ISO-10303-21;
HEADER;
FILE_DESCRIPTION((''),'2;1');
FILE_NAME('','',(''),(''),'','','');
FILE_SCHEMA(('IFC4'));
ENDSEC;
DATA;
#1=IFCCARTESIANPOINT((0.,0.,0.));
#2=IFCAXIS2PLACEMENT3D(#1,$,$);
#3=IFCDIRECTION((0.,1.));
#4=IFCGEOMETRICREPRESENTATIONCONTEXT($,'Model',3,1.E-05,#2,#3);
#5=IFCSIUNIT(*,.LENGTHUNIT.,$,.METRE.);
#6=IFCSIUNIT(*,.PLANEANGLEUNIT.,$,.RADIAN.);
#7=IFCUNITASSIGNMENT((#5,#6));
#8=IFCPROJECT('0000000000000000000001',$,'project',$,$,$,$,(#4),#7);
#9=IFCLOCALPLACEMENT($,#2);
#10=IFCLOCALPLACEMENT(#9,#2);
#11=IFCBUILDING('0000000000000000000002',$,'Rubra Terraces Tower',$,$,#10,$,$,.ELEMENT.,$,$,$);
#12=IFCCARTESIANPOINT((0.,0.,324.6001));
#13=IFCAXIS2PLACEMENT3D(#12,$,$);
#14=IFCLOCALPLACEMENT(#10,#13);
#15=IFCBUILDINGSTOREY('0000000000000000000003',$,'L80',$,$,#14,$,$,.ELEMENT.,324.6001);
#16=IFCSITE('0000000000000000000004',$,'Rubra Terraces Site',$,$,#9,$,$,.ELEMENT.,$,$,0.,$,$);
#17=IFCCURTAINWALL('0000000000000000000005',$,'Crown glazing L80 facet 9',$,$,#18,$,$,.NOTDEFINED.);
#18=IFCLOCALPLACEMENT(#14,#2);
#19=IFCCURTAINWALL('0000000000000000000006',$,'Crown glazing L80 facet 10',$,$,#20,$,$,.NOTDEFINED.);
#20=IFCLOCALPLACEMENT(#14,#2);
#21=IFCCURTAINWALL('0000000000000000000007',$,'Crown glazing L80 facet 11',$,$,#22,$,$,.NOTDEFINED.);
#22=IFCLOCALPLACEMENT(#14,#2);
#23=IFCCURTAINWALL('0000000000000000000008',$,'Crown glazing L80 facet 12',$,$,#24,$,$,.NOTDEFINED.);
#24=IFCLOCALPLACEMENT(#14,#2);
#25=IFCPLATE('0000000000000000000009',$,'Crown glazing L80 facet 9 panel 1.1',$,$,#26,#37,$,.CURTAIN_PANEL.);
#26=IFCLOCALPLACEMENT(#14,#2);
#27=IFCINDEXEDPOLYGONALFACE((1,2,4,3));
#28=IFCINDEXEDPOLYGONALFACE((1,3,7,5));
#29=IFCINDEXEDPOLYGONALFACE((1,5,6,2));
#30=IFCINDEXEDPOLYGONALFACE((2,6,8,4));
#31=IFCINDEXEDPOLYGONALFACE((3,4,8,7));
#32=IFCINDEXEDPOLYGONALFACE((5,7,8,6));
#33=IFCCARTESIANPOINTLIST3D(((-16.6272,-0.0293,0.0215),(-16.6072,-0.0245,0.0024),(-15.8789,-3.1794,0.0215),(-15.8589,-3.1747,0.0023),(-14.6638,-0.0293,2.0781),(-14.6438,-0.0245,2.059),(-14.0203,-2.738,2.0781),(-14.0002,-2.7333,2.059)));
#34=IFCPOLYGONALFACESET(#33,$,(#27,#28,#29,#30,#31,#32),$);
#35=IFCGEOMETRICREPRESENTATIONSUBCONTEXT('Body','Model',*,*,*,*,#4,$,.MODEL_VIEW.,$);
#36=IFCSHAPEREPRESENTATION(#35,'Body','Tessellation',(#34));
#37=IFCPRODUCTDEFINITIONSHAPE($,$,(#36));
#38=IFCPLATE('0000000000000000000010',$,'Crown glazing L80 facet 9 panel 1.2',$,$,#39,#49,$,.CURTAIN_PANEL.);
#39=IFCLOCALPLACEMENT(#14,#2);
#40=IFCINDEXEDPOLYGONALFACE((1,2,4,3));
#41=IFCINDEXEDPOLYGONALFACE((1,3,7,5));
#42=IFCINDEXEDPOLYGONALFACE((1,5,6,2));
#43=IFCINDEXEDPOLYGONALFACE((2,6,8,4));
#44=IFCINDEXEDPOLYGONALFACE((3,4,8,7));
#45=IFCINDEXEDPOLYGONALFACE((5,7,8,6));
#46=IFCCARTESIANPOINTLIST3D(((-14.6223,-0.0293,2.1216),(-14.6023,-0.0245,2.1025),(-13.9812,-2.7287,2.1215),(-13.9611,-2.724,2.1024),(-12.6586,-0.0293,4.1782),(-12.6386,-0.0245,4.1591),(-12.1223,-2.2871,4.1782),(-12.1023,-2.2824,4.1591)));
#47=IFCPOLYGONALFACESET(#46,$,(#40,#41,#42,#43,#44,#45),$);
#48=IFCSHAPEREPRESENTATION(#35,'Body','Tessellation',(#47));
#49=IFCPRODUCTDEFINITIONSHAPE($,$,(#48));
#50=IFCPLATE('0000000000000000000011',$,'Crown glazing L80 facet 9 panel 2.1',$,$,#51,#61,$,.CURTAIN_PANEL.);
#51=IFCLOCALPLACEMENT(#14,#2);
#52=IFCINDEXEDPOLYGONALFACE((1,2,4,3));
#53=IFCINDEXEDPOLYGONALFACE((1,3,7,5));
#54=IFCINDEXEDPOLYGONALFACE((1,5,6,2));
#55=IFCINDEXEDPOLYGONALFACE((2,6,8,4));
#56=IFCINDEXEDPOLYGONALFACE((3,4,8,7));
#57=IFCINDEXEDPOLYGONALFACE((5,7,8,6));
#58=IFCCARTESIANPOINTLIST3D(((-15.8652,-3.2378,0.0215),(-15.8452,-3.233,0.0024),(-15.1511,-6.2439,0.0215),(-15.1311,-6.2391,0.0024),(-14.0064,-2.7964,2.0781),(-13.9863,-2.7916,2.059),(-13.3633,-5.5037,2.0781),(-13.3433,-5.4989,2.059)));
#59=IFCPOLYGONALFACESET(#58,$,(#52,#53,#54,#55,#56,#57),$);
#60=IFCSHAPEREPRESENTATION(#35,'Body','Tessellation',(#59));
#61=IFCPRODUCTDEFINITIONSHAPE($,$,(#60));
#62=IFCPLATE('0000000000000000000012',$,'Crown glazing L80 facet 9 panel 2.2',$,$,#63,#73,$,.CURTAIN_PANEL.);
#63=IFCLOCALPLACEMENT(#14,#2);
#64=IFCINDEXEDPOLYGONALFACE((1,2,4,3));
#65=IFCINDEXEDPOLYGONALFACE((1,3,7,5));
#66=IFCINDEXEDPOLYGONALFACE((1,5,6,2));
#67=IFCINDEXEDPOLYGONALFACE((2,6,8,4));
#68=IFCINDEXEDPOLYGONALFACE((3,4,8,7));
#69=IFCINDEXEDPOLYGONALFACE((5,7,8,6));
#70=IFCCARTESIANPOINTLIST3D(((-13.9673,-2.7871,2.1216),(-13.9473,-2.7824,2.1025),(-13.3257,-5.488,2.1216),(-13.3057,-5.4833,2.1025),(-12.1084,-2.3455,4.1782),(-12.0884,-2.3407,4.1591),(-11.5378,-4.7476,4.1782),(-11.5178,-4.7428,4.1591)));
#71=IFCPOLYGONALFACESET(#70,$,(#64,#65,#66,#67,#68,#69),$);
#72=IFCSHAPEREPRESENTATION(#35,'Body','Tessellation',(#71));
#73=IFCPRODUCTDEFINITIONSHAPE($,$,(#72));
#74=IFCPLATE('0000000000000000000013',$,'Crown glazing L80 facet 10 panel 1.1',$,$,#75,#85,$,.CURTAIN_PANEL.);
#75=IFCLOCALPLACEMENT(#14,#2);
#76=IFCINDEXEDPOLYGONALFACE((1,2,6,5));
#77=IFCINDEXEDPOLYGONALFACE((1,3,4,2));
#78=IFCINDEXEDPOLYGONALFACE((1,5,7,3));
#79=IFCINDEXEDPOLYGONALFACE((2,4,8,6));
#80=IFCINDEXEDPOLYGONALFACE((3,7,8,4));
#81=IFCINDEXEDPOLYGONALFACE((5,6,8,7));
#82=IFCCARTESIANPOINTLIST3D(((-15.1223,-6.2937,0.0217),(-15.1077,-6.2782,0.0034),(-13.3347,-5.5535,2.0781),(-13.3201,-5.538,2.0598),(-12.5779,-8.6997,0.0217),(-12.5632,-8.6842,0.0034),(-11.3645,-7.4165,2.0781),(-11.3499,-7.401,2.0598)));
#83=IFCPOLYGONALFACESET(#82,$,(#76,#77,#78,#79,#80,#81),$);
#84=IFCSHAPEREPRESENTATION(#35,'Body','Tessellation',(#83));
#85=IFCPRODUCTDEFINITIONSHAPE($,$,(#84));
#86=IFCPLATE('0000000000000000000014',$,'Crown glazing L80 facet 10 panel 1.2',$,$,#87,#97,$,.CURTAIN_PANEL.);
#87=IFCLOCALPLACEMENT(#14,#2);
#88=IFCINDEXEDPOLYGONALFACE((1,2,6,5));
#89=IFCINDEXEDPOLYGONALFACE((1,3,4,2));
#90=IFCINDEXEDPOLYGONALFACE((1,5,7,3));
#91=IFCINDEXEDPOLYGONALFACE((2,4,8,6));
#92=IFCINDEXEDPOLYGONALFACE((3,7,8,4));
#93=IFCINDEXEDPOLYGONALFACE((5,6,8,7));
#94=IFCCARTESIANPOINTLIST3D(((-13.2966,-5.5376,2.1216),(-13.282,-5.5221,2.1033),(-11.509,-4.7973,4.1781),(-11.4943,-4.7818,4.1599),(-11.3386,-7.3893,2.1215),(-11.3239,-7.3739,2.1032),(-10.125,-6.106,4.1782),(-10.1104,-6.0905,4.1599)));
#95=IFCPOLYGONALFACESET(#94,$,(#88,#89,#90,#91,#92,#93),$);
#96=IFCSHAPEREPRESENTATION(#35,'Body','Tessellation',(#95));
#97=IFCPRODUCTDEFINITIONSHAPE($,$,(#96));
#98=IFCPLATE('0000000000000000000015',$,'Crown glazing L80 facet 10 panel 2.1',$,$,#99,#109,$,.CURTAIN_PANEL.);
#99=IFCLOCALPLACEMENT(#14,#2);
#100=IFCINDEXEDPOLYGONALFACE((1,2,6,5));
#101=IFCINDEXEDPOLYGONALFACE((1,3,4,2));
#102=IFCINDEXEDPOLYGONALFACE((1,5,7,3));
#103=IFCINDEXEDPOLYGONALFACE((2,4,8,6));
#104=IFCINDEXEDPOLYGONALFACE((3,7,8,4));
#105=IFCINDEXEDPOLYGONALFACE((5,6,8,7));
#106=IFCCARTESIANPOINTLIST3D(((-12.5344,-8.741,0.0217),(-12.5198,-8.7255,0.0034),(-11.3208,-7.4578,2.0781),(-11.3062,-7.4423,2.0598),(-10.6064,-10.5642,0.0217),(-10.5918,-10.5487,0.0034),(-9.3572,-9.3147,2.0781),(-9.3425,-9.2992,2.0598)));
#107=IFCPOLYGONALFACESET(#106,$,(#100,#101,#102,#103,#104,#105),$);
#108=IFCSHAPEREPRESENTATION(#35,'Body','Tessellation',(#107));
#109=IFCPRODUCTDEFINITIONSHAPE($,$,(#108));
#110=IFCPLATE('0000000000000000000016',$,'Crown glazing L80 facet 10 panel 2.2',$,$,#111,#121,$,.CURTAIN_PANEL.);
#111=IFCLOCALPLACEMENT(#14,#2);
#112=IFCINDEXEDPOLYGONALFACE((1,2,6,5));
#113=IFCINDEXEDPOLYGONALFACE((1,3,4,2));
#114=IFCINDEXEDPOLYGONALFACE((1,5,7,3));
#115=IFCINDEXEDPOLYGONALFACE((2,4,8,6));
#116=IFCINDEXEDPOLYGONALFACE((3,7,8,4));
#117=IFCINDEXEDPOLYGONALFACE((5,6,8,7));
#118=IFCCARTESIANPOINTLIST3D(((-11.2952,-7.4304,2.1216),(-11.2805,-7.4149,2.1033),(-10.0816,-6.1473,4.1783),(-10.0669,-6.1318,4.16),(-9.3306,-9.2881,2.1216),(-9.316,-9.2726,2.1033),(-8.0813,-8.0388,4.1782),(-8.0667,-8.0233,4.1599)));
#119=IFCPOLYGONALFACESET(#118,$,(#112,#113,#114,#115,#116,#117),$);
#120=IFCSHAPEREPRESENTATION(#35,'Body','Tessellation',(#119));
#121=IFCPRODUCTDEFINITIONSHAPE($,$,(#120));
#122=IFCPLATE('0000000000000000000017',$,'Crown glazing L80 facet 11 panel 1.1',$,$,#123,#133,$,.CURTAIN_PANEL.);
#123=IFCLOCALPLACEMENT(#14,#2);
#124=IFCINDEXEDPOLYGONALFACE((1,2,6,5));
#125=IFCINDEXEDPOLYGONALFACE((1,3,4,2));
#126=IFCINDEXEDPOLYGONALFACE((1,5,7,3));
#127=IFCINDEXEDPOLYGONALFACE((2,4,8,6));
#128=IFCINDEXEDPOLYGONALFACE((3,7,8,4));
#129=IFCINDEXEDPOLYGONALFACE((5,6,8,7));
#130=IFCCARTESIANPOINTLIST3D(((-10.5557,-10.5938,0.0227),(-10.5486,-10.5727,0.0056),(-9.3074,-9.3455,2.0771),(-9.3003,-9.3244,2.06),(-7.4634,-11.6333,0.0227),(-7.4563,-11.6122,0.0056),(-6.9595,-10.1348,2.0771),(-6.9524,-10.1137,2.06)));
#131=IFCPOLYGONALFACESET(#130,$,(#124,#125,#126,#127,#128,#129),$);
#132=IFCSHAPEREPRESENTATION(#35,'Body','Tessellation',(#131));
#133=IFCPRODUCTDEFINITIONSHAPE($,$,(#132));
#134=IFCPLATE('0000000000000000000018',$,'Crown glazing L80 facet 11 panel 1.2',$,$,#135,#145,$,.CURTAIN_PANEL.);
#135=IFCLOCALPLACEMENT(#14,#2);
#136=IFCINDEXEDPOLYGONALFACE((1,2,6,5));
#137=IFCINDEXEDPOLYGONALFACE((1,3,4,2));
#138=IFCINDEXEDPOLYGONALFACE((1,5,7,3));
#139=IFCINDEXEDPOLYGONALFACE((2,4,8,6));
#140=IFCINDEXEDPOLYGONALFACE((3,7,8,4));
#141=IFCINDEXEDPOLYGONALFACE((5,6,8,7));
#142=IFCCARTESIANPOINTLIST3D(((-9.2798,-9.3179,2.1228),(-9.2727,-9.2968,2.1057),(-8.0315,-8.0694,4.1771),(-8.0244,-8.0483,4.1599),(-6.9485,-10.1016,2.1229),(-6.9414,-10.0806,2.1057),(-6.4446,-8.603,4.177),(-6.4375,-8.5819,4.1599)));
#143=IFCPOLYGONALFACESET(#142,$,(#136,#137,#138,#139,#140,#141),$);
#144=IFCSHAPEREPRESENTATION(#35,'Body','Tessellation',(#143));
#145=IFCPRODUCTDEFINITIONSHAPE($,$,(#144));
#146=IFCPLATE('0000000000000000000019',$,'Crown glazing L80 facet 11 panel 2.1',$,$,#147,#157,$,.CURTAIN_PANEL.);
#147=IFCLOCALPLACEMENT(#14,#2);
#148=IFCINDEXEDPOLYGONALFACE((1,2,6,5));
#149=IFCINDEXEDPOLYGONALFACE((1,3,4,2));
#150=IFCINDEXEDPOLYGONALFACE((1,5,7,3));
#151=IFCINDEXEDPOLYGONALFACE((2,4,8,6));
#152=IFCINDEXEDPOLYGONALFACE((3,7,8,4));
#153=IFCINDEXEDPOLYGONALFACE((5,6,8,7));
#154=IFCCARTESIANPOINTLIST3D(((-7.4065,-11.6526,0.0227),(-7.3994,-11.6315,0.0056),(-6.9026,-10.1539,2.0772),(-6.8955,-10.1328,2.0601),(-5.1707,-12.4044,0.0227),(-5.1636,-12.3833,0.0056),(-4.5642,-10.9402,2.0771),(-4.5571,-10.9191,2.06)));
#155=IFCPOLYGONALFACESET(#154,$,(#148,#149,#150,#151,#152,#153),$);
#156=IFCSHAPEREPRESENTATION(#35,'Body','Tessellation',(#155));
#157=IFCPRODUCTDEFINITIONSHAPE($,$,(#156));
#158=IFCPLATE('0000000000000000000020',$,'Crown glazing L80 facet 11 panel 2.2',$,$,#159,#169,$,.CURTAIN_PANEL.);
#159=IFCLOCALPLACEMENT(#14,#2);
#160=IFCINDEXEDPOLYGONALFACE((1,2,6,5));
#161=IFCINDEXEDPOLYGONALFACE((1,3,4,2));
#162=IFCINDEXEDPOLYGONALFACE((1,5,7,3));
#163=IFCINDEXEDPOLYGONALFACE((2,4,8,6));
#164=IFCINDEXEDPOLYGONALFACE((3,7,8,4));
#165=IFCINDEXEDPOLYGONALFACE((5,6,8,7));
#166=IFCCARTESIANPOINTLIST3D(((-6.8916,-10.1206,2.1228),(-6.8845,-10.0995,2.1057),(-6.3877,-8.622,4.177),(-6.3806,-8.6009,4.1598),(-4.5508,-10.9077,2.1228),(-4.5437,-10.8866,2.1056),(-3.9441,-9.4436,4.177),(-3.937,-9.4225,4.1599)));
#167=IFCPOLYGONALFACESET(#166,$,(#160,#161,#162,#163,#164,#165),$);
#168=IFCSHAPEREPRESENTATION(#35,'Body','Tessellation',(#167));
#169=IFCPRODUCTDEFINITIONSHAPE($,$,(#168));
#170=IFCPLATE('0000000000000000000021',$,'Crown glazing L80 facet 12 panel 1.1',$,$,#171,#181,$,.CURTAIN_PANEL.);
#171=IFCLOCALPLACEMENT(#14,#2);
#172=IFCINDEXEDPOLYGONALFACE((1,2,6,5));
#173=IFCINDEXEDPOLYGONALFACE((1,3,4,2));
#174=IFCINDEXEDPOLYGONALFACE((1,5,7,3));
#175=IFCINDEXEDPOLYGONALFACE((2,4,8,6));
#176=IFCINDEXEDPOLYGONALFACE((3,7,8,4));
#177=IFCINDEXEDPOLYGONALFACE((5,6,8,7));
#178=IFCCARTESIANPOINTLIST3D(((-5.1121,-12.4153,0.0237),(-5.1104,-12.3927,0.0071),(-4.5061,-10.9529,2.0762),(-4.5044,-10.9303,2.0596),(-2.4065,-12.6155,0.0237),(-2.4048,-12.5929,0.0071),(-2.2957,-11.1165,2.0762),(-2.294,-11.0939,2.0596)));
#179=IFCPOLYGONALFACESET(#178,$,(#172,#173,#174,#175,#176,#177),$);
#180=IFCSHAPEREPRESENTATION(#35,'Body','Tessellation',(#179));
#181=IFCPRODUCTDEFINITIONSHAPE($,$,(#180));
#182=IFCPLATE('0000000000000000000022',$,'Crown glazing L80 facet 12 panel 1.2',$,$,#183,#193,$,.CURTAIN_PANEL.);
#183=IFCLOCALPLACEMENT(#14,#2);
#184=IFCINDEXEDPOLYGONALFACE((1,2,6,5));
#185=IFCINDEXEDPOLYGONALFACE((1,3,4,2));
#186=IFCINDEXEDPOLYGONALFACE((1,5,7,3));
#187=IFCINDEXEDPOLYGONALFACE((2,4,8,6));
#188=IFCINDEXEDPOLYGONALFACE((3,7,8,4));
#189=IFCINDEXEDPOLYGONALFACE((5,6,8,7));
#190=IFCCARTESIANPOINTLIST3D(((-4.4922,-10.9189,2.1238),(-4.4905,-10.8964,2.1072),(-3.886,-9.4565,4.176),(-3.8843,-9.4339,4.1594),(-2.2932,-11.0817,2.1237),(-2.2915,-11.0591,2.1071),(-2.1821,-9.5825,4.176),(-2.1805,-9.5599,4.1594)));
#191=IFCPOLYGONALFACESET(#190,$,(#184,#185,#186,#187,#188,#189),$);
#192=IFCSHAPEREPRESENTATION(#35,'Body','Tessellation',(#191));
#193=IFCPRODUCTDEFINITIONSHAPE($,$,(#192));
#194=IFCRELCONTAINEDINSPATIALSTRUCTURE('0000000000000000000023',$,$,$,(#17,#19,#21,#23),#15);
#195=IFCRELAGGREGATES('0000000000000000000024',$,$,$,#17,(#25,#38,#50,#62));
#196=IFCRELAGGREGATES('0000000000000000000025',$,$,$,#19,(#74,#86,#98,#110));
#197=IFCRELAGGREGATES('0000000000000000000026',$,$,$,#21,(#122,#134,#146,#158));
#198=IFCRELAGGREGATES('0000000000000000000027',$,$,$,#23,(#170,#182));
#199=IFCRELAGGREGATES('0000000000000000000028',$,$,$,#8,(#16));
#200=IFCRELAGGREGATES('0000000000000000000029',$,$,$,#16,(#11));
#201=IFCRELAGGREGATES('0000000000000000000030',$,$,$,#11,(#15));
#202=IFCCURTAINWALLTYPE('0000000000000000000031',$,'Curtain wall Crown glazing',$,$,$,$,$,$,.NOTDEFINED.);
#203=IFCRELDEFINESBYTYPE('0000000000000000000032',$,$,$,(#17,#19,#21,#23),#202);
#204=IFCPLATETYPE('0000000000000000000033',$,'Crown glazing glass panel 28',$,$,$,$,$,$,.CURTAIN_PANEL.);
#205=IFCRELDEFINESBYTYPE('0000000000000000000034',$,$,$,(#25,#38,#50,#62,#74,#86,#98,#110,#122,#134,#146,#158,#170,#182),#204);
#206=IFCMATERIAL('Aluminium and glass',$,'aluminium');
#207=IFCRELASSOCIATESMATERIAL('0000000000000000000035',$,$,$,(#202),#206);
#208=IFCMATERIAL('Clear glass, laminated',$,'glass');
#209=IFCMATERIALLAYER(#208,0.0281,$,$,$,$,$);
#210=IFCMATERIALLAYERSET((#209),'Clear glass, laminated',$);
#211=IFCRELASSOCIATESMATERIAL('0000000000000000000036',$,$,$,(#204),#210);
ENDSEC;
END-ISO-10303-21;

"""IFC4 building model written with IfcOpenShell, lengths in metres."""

from ifc_helpers import new_model, si_unit, direction, frame, origin, place, context, subcontext, project, spatial, polyline, outline, extrude, material, layer, layer_set, type_object, element, aggregate, save


model = new_model("IFC4")

# Units and contexts
model_context = context("Model", 3, precision=1e-05, world=origin(), true_north=direction((0.0, 1.0)))
body_context = subcontext(model_context, "Body", "Model", "MODEL_VIEW")
ifc_project = project(units=[si_unit("LENGTHUNIT", "METRE"), si_unit("PLANEANGLEUNIT", "RADIAN")], contexts=[model_context])

# Site, building, storey
site_placement = place(None, origin())
site = spatial("IfcSite", under=ifc_project, at=site_placement, Name="Rubra Terraces Site", CompositionType="ELEMENT", RefElevation=0.0)
building_placement = place(site_placement, origin())
building = spatial("IfcBuilding", under=site, at=building_placement, Name="Rubra Terraces Tower", CompositionType="ELEMENT")
storey_placement = place(building_placement, frame((0.0, 0.0, 324.6001)))
storey = spatial("IfcBuildingStorey", under=building, at=storey_placement, Name="L80", CompositionType="ELEMENT", Elevation=324.6001)

# Curtain walls
ifc_material_1 = material(Name="Aluminium and glass", Category="aluminium")
curtain_wall_type = type_object("IfcCurtainWallType", Name="Curtain wall Crown glazing", PredefinedType="NOTDEFINED", material=ifc_material_1)
curtain_wall_1_placement = place(storey_placement, origin())
curtain_wall_1 = element("IfcCurtainWall", 1, at=curtain_wall_1_placement, inside=storey, type_object=curtain_wall_type, Name="Crown glazing L80 facet 9", PredefinedType="NOTDEFINED")
curtain_wall_2_placement = place(storey_placement, origin())
curtain_wall_2 = element("IfcCurtainWall", 2, at=curtain_wall_2_placement, inside=storey, type_object=curtain_wall_type, Name="Crown glazing L80 facet 10", PredefinedType="NOTDEFINED")
curtain_wall_3_placement = place(storey_placement, origin())
curtain_wall_3 = element("IfcCurtainWall", 3, at=curtain_wall_3_placement, inside=storey, type_object=curtain_wall_type, Name="Crown glazing L80 facet 11", PredefinedType="NOTDEFINED")
curtain_wall_4_placement = place(storey_placement, origin())
curtain_wall_4 = element("IfcCurtainWall", 4, at=curtain_wall_4_placement, inside=storey, type_object=curtain_wall_type, Name="Crown glazing L80 facet 12", PredefinedType="NOTDEFINED")

# Plates
ifc_material_2 = material(Name="Clear glass, laminated", Category="glass")
ifc_layer_1 = layer(ifc_material_2, 0.0281)
ifc_layer_set_1 = layer_set([ifc_layer_1], Name="Clear glass, laminated")
plate_type = type_object("IfcPlateType", Name="Crown glazing glass panel 28", PredefinedType="CURTAIN_PANEL", material=ifc_layer_set_1)
plate_1_placement = place(storey_placement, frame((-16.6272, -0.0293, 0.0215), z_axis=(-0.712858, -0.169348, 0.680554), x_axis=(0.231121, -0.972925, -0.000009)))
plate_1 = element("IfcPlate", 5, at=plate_1_placement, type_object=plate_type, Name="Crown glazing L80 facet 9 panel 1.1", PredefinedType="CURTAIN_PANEL", context=body_context, shape_type="SweptSolid", body=[
    extrude(outline(polyline([(0.0, 0.0), (3.2378, 0.0), (3.2379, 2.807), (0.4538, 2.8069), (0.0, 0.0)])), origin(), (0.0, 0.0, -1.0), 0.0281),
])
plate_2_placement = place(storey_placement, frame((-14.6223, -0.0293, 2.1216), z_axis=(-0.712817, -0.169314, 0.680607), x_axis=(0.231085, -0.972934, -0.000015)))
plate_2 = element("IfcPlate", 6, at=plate_2_placement, type_object=plate_type, Name="Crown glazing L80 facet 9 panel 1.2", PredefinedType="CURTAIN_PANEL", context=body_context, shape_type="SweptSolid", body=[
    extrude(outline(polyline([(0.0, 0.0), (2.7745, 0.0), (2.7744, 2.8072), (0.4537, 2.8071), (0.0, 0.0)])), origin(), (0.0, 0.0, -1.0), 0.0281),
])
plate_3_placement = place(storey_placement, frame((-15.8652, -3.2378, 0.0215), z_axis=(-0.712815, -0.169325, 0.680606), x_axis=(0.231117, -0.972926, 0.000005)))
plate_3 = element("IfcPlate", 7, at=plate_3_placement, type_object=plate_type, Name="Crown glazing L80 facet 9 panel 2.1", PredefinedType="CURTAIN_PANEL", context=body_context, shape_type="SweptSolid", body=[
    extrude(outline(polyline([(0.0, 0.0), (3.0898, 0.0), (2.7828, 2.8071), (0.0002, 2.8071), (0.0, 0.0)])), origin(), (0.0, 0.0, -1.0), 0.0281),
])
plate_4_placement = place(storey_placement, frame((-13.9673, -2.7871, 2.1216), z_axis=(-0.712806, -0.169318, 0.680616), x_axis=(0.231111, -0.972927, 0.000005)))
plate_4 = element("IfcPlate", 8, at=plate_4_placement, type_object=plate_type, Name="Crown glazing L80 facet 9 panel 2.2", PredefinedType="CURTAIN_PANEL", context=body_context, shape_type="SweptSolid", body=[
    extrude(outline(polyline([(0.0, 0.0), (2.7761, 0.0), (2.4689, 2.8071), (-0.0001, 2.8072), (0.0, 0.0)])), origin(), (0.0, 0.0, -1.0), 0.0281),
])
aggregate(curtain_wall_1, [plate_1, plate_2, plate_3, plate_4])
plate_5_placement = place(storey_placement, frame((-15.1223, -6.2937, 0.0217), z_axis=(-0.521231, -0.551219, 0.651518), x_axis=(0.726595, -0.687066, 0.000001)))
plate_5 = element("IfcPlate", 9, at=plate_5_placement, type_object=plate_type, Name="Crown glazing L80 facet 10 panel 1.1", PredefinedType="CURTAIN_PANEL", context=body_context, shape_type="SweptSolid", body=[
    extrude(outline(polyline([(0.0, 0.0), (3.5019, 0.0), (3.5018, 2.7107), (0.7903, 2.7107), (0.0, 0.0)])), origin(), (0.0, 0.0, -1.0), 0.0281),
])
plate_6_placement = place(storey_placement, frame((-13.2966, -5.5376, 2.1216), z_axis=(-0.52125, -0.551208, 0.651513), x_axis=(0.726559, -0.687104, -0.000029)))
plate_6 = element("IfcPlate", 10, at=plate_6_placement, type_object=plate_type, Name="Crown glazing L80 facet 10 panel 1.2", PredefinedType="CURTAIN_PANEL", context=body_context, shape_type="SweptSolid", body=[
    extrude(outline(polyline([(0.0, 0.0), (2.695, 0.0), (2.6948, 2.7111), (0.7901, 2.7109), (0.0, 0.0)])), origin(), (0.0, 0.0, -1.0), 0.0281),
])
plate_7_placement = place(storey_placement, frame((-12.5344, -8.741, 0.0217), z_axis=(-0.521231, -0.551176, 0.651554), x_axis=(0.726567, -0.687095, -0.000001)))
plate_7 = element("IfcPlate", 11, at=plate_7_placement, type_object=plate_type, Name="Crown glazing L80 facet 10 panel 2.1", PredefinedType="CURTAIN_PANEL", context=body_context, shape_type="SweptSolid", body=[
    extrude(outline(polyline([(0.0, 0.0), (2.6535, 0.0), (2.7027, 2.7108), (0.0001, 2.7108), (0.0, 0.0)])), origin(), (0.0, 0.0, -1.0), 0.0281),
])
plate_8_placement = place(storey_placement, frame((-11.2952, -7.4304, 2.1216), z_axis=(-0.521256, -0.551228, 0.651491), x_axis=(0.726593, -0.687068, 0.000015)))
plate_8 = element("IfcPlate", 12, at=plate_8_placement, type_object=plate_type, Name="Crown glazing L80 facet 10 panel 2.2", PredefinedType="CURTAIN_PANEL", context=body_context, shape_type="SweptSolid", body=[
    extrude(outline(polyline([(0.0, 0.0), (2.7038, 0.0), (2.7532, 2.7108), (0.0002, 2.711), (0.0, 0.0)])), origin(), (0.0, 0.0, -1.0), 0.0281),
])
aggregate(curtain_wall_2, [plate_5, plate_6, plate_7, plate_8])
plate_9_placement = place(storey_placement, frame((-10.5557, -10.5938, 0.0227), z_axis=(-0.252532, -0.751191, 0.609868), x_axis=(0.947872, -0.318651, 0.0)))
plate_9 = element("IfcPlate", 13, at=plate_9_placement, type_object=plate_type, Name="Crown glazing L80 facet 11 panel 1.1", PredefinedType="CURTAIN_PANEL", context=body_context, shape_type="SweptSolid", body=[
    extrude(outline(polyline([(0.0, 0.0), (3.2623, 0.0), (3.2625, 2.5923), (0.7855, 2.5923), (0.0, 0.0)])), origin(), (0.0, 0.0, -1.0), 0.0281),
])
plate_10_placement = place(storey_placement, frame((-9.2798, -9.3179, 2.1228), z_axis=(-0.252543, -0.751125, 0.609945), x_axis=(0.947865, -0.318671, 0.000026)))
plate_10 = element("IfcPlate", 14, at=plate_10_placement, type_object=plate_type, Name="Crown glazing L80 facet 11 panel 1.2", PredefinedType="CURTAIN_PANEL", context=body_context, shape_type="SweptSolid", body=[
    extrude(outline(polyline([(0.0, 0.0), (2.4595, 0.0), (2.4596, 2.5922), (0.7854, 2.5923), (0.0, 0.0)])), origin(), (0.0, 0.0, -1.0), 0.0281),
])
plate_11_placement = place(storey_placement, frame((-7.4065, -11.6526, 0.0227), z_axis=(-0.252575, -0.751149, 0.609902), x_axis=(0.947855, -0.318702, 0.000018)))
plate_11 = element("IfcPlate", 15, at=plate_11_placement, type_object=plate_type, Name="Crown glazing L80 facet 11 panel 2.1", PredefinedType="CURTAIN_PANEL", context=body_context, shape_type="SweptSolid", body=[
    extrude(outline(polyline([(0.0, 0.0), (2.3588, 0.0), (2.4671, 2.5924), (0.0, 2.5925), (0.0, 0.0)])), origin(), (0.0, 0.0, -1.0), 0.0281),
])
plate_12_placement = place(storey_placement, frame((-6.8916, -10.1206, 2.1228), z_axis=(-0.252551, -0.751136, 0.609929), x_axis=(0.947855, -0.318703, -0.000012)))
plate_12 = element("IfcPlate", 16, at=plate_12_placement, type_object=plate_type, Name="Crown glazing L80 facet 11 panel 2.2", PredefinedType="CURTAIN_PANEL", context=body_context, shape_type="SweptSolid", body=[
    extrude(outline(polyline([(0.0, 0.0), (2.4696, 0.0), (2.578, 2.5922), (0.0, 2.5922), (0.0, 0.0)])), origin(), (0.0, 0.0, -1.0), 0.0281),
])
aggregate(curtain_wall_3, [plate_9, plate_10, plate_11, plate_12])
plate_13_placement = place(storey_placement, frame((-5.1121, -12.4153, 0.0237), z_axis=(-0.059537, -0.804587, 0.590843), x_axis=(0.997274, -0.073794, 0.000001)))
plate_13 = element("IfcPlate", 17, at=plate_13_placement, type_object=plate_type, Name="Crown glazing L80 facet 12 panel 1.1", PredefinedType="CURTAIN_PANEL", context=body_context, shape_type="SweptSolid", body=[
    extrude(outline(polyline([(0.0, 0.0), (2.713, 0.0), (2.7129, 2.544), (0.4964, 2.544), (0.0, 0.0)])), origin(), (0.0, 0.0, -1.0), 0.0281),
])
plate_14_placement = place(storey_placement, frame((-4.4922, -10.9189, 2.1238), z_axis=(-0.059537, -0.804527, 0.590925), x_axis=(0.997272, -0.073818, -0.000024)))
plate_14 = element("IfcPlate", 18, at=plate_14_placement, type_object=plate_type, Name="Crown glazing L80 facet 12 panel 1.2", PredefinedType="CURTAIN_PANEL", context=body_context, shape_type="SweptSolid", body=[
    extrude(outline(polyline([(0.0, 0.0), (2.205, 0.0), (2.2051, 2.544), (0.4965, 2.5439), (0.0, 0.0)])), origin(), (0.0, 0.0, -1.0), 0.0281),
])
aggregate(curtain_wall_4, [plate_13, plate_14])

save(model, "model.ifc")
